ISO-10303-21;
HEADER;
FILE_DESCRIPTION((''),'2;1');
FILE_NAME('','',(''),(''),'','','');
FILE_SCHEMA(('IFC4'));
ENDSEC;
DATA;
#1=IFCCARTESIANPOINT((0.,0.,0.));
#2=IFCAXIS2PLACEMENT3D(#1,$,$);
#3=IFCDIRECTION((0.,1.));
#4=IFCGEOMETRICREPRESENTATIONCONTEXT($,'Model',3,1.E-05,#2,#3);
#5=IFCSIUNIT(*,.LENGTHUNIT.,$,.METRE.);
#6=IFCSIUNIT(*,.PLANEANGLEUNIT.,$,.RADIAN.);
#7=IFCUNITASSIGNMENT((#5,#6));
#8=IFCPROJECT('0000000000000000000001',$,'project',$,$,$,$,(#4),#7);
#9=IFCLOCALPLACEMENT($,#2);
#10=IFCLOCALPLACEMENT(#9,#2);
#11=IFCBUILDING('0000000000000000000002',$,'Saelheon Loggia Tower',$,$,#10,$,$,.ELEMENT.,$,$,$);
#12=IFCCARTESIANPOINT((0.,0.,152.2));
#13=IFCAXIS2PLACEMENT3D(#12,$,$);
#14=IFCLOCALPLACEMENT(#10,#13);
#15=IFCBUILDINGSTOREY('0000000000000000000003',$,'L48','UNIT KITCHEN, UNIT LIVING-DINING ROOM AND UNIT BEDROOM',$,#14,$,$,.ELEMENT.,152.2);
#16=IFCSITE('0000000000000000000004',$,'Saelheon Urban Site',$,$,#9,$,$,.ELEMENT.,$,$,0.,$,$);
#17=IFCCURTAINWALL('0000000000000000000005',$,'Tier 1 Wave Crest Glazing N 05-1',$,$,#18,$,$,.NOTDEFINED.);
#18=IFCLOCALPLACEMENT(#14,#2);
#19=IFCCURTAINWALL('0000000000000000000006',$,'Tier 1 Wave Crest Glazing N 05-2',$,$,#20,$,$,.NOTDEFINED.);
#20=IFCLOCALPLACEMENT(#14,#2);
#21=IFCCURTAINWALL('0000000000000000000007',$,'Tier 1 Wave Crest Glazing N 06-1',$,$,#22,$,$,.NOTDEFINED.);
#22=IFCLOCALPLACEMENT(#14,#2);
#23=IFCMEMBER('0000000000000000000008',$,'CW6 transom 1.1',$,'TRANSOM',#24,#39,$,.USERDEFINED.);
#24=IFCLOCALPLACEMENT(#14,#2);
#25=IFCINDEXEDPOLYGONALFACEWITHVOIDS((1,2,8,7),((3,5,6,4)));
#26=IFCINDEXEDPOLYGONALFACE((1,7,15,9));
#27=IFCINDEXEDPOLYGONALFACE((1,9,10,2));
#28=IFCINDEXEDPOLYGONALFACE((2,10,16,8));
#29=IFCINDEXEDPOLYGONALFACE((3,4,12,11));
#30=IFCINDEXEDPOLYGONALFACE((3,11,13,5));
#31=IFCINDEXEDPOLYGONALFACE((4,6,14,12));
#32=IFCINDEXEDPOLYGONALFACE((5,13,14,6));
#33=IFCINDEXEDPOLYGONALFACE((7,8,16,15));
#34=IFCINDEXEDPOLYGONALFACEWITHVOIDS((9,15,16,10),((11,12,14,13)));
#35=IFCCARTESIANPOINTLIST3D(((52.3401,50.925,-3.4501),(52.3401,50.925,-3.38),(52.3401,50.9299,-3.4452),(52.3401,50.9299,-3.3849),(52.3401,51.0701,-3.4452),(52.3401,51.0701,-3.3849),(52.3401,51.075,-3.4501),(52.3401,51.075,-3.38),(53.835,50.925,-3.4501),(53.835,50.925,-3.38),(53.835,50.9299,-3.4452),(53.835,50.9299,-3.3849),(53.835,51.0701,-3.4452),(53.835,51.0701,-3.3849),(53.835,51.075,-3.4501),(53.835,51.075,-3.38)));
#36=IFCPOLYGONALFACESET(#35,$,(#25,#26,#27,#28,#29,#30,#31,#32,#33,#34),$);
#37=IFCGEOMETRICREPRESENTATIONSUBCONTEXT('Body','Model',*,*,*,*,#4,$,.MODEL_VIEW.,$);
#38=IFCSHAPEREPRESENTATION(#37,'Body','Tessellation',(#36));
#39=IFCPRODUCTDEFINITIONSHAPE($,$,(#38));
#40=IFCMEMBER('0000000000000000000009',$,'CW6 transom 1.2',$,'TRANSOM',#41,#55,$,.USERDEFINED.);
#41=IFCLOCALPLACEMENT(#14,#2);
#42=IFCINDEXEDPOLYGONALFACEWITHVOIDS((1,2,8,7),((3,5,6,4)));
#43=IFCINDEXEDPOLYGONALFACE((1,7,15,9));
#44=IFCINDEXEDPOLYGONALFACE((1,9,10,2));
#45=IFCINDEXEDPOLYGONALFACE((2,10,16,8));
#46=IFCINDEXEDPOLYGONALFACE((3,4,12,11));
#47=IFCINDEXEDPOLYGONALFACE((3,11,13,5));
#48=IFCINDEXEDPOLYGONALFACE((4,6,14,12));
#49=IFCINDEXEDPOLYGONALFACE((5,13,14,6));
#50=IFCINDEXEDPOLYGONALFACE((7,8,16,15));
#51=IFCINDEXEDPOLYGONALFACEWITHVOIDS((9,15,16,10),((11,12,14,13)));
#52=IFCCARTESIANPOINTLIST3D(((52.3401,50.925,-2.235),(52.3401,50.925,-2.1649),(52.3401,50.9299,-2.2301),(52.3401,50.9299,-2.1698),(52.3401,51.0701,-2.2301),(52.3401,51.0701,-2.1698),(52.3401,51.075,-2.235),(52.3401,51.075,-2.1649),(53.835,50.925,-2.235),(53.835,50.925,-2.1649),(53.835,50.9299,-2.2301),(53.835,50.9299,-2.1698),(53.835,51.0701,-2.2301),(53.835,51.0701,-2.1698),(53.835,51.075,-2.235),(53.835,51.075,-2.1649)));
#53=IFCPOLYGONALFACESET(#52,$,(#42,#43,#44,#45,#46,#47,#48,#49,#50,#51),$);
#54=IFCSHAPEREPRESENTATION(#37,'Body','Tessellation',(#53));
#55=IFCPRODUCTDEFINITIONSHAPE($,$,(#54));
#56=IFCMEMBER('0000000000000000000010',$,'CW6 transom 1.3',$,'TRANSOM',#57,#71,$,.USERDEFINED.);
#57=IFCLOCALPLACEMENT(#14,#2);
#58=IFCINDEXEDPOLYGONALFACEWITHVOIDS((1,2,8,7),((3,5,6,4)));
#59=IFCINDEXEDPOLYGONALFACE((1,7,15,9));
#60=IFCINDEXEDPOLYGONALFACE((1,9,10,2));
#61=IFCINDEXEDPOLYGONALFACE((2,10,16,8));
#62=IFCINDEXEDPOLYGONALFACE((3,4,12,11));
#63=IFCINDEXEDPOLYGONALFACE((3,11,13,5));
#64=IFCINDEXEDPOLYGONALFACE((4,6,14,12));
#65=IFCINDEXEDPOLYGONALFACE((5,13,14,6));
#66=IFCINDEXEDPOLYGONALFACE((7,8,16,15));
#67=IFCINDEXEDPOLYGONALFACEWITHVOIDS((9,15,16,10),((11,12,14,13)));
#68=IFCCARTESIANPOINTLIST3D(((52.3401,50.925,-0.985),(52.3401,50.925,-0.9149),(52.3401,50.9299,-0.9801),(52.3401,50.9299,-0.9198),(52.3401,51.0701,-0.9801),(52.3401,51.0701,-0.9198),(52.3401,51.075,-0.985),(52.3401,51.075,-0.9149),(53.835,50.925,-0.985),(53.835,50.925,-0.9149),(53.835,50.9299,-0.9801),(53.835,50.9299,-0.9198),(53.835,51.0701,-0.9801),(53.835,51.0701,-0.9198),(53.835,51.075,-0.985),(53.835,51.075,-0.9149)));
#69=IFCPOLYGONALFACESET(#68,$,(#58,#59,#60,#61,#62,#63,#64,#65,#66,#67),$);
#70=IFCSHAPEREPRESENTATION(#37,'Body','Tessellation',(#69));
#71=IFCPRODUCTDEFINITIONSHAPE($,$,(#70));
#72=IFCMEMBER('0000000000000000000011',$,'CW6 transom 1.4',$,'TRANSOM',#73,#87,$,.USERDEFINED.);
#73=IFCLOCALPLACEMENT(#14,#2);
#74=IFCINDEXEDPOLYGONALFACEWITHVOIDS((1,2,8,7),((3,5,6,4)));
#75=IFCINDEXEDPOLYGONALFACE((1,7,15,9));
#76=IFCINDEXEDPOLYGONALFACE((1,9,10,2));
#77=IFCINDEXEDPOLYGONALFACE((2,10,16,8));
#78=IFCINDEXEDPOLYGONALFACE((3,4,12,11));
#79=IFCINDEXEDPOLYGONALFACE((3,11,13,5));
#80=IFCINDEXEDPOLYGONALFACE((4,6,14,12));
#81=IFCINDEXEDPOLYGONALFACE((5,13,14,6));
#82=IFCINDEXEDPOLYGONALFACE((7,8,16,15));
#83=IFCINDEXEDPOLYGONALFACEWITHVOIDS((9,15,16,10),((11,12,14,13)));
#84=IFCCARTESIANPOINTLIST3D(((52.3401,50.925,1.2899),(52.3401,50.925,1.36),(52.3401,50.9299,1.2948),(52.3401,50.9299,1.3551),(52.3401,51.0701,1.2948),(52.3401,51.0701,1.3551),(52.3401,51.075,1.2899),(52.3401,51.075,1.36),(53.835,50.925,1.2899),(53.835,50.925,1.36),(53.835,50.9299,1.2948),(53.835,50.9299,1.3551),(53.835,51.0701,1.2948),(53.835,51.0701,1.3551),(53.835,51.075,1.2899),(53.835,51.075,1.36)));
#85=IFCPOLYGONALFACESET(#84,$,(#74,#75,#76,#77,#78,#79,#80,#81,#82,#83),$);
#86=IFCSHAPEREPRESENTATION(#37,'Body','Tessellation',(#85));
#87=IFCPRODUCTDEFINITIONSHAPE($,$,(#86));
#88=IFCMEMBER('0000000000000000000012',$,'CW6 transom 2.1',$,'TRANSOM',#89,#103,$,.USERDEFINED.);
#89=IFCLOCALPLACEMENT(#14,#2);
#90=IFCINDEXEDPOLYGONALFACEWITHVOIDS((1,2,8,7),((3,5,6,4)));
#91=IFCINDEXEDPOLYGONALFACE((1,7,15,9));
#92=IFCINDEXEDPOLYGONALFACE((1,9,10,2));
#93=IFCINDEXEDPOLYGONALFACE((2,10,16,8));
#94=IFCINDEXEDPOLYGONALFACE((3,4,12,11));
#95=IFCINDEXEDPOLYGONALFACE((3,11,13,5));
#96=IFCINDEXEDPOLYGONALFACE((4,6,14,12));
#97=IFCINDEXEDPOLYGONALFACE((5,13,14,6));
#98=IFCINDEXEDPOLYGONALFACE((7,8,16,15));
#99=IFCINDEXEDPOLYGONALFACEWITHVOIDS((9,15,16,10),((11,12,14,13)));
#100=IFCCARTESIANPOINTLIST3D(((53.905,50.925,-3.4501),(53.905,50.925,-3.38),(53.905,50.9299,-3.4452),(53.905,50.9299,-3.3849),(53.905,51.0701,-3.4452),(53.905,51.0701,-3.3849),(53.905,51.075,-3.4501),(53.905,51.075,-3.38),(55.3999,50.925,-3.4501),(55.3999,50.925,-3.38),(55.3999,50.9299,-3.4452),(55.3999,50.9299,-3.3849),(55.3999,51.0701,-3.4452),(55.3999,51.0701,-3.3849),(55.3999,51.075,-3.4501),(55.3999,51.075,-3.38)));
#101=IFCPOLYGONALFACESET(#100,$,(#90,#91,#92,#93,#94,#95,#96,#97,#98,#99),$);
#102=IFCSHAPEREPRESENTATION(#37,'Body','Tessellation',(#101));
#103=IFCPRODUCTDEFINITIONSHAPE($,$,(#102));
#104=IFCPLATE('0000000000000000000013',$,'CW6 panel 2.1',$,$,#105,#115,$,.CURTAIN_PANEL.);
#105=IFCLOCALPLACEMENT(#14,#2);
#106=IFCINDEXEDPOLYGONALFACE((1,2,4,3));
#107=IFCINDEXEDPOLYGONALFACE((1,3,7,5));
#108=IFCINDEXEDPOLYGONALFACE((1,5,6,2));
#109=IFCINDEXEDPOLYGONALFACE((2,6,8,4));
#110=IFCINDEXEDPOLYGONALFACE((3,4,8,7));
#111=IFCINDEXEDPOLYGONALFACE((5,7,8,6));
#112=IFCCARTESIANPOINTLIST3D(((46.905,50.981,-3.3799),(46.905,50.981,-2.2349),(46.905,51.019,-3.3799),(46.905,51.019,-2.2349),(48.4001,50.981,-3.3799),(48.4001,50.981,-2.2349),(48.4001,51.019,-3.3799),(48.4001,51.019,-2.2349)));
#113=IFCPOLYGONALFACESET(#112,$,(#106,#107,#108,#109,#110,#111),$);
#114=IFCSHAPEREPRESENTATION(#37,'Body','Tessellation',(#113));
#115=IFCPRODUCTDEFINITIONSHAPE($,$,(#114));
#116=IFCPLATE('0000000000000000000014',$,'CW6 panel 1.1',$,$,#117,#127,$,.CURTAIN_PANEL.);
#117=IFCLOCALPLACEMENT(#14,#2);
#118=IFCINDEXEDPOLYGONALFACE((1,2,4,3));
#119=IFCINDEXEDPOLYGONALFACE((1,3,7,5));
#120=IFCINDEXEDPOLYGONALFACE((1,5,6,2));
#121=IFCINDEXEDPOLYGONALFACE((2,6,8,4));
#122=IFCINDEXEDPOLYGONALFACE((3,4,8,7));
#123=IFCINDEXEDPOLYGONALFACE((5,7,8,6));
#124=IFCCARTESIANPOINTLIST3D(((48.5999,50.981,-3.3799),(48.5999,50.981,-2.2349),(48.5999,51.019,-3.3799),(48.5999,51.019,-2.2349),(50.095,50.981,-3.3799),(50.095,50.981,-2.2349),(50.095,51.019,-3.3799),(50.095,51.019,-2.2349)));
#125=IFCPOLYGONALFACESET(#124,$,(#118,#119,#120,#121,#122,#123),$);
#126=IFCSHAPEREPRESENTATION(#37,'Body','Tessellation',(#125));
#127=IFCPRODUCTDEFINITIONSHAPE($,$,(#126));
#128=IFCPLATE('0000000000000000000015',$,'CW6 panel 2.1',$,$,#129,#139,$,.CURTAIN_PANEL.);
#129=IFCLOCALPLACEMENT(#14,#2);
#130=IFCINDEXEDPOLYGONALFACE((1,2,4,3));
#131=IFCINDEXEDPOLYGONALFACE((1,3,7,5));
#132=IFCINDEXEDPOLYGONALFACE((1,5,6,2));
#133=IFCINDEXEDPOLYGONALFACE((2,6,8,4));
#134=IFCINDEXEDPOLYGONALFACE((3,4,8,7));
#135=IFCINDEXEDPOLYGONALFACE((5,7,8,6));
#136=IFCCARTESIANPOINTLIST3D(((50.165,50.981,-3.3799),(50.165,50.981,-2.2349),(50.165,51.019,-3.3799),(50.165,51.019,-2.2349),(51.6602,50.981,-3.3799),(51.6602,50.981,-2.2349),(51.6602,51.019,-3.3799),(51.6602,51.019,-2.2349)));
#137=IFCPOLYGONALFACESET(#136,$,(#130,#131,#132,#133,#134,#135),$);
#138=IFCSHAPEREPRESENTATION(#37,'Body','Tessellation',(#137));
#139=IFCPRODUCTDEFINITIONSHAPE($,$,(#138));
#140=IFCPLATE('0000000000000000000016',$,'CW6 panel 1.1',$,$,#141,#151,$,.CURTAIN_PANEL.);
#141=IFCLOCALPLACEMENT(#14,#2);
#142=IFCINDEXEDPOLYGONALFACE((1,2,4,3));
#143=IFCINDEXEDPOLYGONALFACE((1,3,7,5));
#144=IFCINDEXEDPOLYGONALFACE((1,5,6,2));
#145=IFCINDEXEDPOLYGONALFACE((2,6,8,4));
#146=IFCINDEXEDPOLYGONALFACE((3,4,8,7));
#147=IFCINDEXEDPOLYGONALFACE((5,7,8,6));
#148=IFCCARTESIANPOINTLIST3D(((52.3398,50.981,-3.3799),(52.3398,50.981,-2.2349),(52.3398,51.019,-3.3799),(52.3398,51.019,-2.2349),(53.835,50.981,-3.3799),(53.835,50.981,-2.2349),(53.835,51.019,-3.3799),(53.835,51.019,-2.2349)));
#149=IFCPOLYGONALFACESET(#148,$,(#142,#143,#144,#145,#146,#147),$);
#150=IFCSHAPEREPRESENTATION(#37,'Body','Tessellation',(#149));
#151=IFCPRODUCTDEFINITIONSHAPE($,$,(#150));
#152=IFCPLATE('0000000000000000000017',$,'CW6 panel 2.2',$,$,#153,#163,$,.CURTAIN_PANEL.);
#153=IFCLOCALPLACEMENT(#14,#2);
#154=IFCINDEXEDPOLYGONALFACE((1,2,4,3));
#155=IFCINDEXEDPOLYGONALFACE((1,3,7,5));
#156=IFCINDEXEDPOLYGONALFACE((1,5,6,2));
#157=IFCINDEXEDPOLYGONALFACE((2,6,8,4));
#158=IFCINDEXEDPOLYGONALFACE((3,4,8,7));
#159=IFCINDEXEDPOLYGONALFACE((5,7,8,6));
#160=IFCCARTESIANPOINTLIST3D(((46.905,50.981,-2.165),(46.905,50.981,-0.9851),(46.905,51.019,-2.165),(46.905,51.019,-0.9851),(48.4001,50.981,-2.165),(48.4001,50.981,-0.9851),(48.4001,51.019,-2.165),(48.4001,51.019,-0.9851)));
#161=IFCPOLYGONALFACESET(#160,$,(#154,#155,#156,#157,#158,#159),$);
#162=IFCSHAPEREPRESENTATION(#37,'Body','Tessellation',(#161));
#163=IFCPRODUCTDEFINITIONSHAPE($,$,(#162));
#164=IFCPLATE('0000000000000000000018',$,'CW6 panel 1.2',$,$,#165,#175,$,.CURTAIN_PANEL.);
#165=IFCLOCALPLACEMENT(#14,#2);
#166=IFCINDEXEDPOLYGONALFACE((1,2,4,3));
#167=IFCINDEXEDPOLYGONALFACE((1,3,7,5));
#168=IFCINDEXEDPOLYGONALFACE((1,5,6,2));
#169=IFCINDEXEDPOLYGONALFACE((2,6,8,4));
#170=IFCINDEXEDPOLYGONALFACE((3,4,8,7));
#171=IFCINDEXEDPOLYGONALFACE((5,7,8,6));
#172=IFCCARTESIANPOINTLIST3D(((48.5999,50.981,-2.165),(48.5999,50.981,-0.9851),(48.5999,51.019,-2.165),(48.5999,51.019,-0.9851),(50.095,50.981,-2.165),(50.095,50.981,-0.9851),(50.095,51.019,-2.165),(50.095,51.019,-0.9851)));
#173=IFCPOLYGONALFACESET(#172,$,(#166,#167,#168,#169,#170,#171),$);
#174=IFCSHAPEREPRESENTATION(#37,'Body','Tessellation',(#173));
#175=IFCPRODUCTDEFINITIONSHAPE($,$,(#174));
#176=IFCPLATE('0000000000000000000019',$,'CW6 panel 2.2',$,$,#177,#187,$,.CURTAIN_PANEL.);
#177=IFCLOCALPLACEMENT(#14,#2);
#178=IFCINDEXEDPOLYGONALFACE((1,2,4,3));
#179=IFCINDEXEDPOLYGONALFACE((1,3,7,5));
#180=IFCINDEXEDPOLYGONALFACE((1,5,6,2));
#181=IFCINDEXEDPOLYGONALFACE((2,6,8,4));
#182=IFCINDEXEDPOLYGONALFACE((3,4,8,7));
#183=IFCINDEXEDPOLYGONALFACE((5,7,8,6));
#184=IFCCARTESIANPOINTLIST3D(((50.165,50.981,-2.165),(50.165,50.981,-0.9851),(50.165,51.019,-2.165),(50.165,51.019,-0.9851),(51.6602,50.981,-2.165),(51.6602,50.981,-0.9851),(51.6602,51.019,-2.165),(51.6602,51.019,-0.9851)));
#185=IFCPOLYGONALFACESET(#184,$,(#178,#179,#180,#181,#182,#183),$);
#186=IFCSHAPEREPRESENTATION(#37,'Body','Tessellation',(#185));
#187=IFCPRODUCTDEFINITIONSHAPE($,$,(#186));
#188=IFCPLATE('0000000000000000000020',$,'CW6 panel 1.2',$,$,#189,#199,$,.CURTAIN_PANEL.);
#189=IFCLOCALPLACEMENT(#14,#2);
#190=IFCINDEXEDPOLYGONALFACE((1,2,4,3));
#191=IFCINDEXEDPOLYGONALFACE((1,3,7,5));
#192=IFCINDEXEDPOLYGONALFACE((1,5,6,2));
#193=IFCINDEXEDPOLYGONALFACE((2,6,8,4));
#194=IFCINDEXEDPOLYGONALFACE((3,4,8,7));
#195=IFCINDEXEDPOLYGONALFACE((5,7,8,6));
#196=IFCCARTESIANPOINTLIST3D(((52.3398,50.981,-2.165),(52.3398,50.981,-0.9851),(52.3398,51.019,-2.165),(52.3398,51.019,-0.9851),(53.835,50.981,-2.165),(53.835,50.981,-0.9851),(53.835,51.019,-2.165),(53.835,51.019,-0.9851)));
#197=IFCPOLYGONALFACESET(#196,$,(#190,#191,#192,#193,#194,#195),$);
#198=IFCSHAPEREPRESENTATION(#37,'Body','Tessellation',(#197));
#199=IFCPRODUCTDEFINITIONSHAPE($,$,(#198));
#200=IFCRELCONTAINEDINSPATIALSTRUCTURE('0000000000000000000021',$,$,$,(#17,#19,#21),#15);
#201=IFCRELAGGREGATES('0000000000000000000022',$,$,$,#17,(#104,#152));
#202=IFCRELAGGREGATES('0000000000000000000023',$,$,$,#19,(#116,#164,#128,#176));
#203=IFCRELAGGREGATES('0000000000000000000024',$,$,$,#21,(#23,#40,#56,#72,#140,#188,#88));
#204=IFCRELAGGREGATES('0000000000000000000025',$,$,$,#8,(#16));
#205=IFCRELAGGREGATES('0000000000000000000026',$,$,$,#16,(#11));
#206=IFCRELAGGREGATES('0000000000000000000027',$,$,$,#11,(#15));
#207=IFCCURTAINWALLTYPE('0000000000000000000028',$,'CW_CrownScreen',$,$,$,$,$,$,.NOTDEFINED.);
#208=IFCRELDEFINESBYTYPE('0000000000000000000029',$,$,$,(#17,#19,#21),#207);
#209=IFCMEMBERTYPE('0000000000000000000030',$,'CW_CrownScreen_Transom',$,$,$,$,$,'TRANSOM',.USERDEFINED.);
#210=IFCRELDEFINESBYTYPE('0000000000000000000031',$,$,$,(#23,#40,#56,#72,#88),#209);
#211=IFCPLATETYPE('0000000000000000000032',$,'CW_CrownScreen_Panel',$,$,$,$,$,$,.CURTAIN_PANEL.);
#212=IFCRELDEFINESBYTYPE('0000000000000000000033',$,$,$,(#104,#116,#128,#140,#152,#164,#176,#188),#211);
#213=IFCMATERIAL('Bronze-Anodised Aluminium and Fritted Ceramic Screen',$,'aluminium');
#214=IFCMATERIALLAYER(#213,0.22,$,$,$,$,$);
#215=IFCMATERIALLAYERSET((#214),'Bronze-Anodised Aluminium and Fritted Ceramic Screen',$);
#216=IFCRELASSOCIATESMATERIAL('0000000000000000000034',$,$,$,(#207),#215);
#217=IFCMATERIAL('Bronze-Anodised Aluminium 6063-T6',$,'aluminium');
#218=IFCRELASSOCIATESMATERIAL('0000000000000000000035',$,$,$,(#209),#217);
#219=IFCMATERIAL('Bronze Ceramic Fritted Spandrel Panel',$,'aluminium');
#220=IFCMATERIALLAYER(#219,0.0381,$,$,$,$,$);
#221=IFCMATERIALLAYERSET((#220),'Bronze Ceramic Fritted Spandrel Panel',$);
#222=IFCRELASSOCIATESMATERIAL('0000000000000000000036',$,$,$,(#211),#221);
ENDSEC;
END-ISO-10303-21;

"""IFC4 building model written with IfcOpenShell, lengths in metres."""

from ifc_helpers import new_model, si_unit, direction, frame, origin, origin_2d, place, context, subcontext, project, spatial, rectangle, hollow_rectangle, extrude, source, transform, mapped, material, layer, layer_set, material_profile, profile_set, type_object, element, aggregate, save


model = new_model("IFC4")

# Units and contexts
model_context = context("Model", 3, precision=1e-05, world=origin(), true_north=direction((0.0, 1.0)))
body_context = subcontext(model_context, "Body", "Model", "MODEL_VIEW")
ifc_project = project(units=[si_unit("LENGTHUNIT", "METRE"), si_unit("PLANEANGLEUNIT", "RADIAN")], contexts=[model_context])

# Site, building, storey
site_placement = place(None, origin())
site = spatial("IfcSite", under=ifc_project, at=site_placement, Name="Saelheon Urban Site", CompositionType="ELEMENT", RefElevation=0.0)
building_placement = place(site_placement, origin())
building = spatial("IfcBuilding", under=site, at=building_placement, Name="Saelheon Loggia Tower", CompositionType="ELEMENT")
storey_placement = place(building_placement, frame((0.0, 0.0, 152.2)))
storey = spatial("IfcBuildingStorey", under=building, at=storey_placement, Name="L48", Description="UNIT KITCHEN, UNIT LIVING-DINING ROOM AND UNIT BEDROOM", CompositionType="ELEMENT", Elevation=152.2)

# Curtain wall
ifc_material_1 = material(Name="Bronze-Anodised Aluminium and Fritted Ceramic Screen", Category="aluminium")
ifc_layer_1 = layer(ifc_material_1, 0.22)
ifc_layer_set_1 = layer_set([ifc_layer_1], Name="Bronze-Anodised Aluminium and Fritted Ceramic Screen")
curtain_wall_type = type_object("IfcCurtainWallType", Name="CW_CrownScreen", PredefinedType="NOTDEFINED", material=ifc_layer_set_1)
curtain_wall_1_placement = place(storey_placement, origin())
curtain_wall_1 = element("IfcCurtainWall", 1, at=curtain_wall_1_placement, inside=storey, type_object=curtain_wall_type, Name="Tier 1 Wave Crest Glazing N 05-1", PredefinedType="NOTDEFINED")
ifc_material_2 = material(Name="Bronze-Anodised Aluminium 6063-T6", Category="aluminium")

# Curtain walls
curtain_wall_2_placement = place(storey_placement, origin())
curtain_wall_2 = element("IfcCurtainWall", 2, at=curtain_wall_2_placement, inside=storey, type_object=curtain_wall_type, Name="Tier 1 Wave Crest Glazing N 05-2", PredefinedType="NOTDEFINED")
curtain_wall_3_placement = place(storey_placement, origin())
curtain_wall_3 = element("IfcCurtainWall", 3, at=curtain_wall_3_placement, inside=storey, type_object=curtain_wall_type, Name="Tier 1 Wave Crest Glazing N 06-1", PredefinedType="NOTDEFINED")

# Members
ifc_material_profile_1 = material_profile(ifc_material_2, hollow_rectangle(XDim=0.0701, YDim=0.1499, WallThickness=0.0049, at=origin_2d()), Name="RHS-150x70x5")
ifc_profile_set_1 = profile_set([ifc_material_profile_1], Name="Bronze-Anodised Aluminium 6063-T6")
member_type_1 = type_object("IfcMemberType", Name="CW_CrownScreen_Transom", ElementType="TRANSOM", PredefinedType="USERDEFINED", material=ifc_profile_set_1)
shared_shape_1 = source(origin(), body_context, "Body", "SweptSolid", [
    extrude(hollow_rectangle(XDim=0.0701, YDim=0.1499, WallThickness=0.0049, at=origin_2d()), origin(), (0.0, 0.0, 1.0), 1.4949),
])
member_1_placement = place(storey_placement, frame((52.3401, 51.0, -3.415), z_axis=(1.0, 0.0, 0.0), x_axis=(0.0, 0.0, 1.0)))
member_1 = element("IfcMember", 4, at=member_1_placement, type_object=member_type_1, Name="CW6 transom 1.1", ObjectType="TRANSOM", PredefinedType="USERDEFINED", context=body_context, shape_type="MappedRepresentation", body=[
    mapped(shared_shape_1, transform((0.0, 0.0, 0.0), scale=1.0)),
])
member_2_placement = place(storey_placement, frame((52.3401, 51.0, -2.2), z_axis=(1.0, 0.0, 0.0), x_axis=(0.0, 0.0, 1.0)))
member_2 = element("IfcMember", 5, at=member_2_placement, type_object=member_type_1, Name="CW6 transom 1.2", ObjectType="TRANSOM", PredefinedType="USERDEFINED", context=body_context, shape_type="MappedRepresentation", body=[
    mapped(shared_shape_1, transform((0.0, 0.0, 0.0), scale=1.0)),
])
member_3_placement = place(storey_placement, frame((52.3401, 51.0, -0.95), z_axis=(1.0, 0.0, 0.0), x_axis=(0.0, 0.0, 1.0)))
member_3 = element("IfcMember", 6, at=member_3_placement, type_object=member_type_1, Name="CW6 transom 1.3", ObjectType="TRANSOM", PredefinedType="USERDEFINED", context=body_context, shape_type="MappedRepresentation", body=[
    mapped(shared_shape_1, transform((0.0, 0.0, 0.0), scale=1.0)),
])
member_4_placement = place(storey_placement, frame((52.3401, 51.0, 1.325), z_axis=(1.0, 0.0, 0.0), x_axis=(0.0, 0.0, 1.0)))
member_4 = element("IfcMember", 7, at=member_4_placement, type_object=member_type_1, Name="CW6 transom 1.4", ObjectType="TRANSOM", PredefinedType="USERDEFINED", context=body_context, shape_type="MappedRepresentation", body=[
    mapped(shared_shape_1, transform((0.0, 0.0, 0.0), scale=1.0)),
])
member_5_placement = place(storey_placement, frame((53.905, 51.0, -3.415), z_axis=(1.0, 0.0, 0.0), x_axis=(0.0, 0.0, 1.0)))
member_5 = element("IfcMember", 8, at=member_5_placement, type_object=member_type_1, Name="CW6 transom 2.1", ObjectType="TRANSOM", PredefinedType="USERDEFINED", context=body_context, shape_type="MappedRepresentation", body=[
    mapped(shared_shape_1, transform((0.0, 0.0, 0.0), scale=1.0)),
])

# Plates
ifc_material_3 = material(Name="Bronze Ceramic Fritted Spandrel Panel", Category="aluminium")
ifc_layer_2 = layer(ifc_material_3, 0.0381)
ifc_layer_set_2 = layer_set([ifc_layer_2], Name="Bronze Ceramic Fritted Spandrel Panel")
plate_type = type_object("IfcPlateType", Name="CW_CrownScreen_Panel", PredefinedType="CURTAIN_PANEL", material=ifc_layer_set_2)
shared_shape_2 = source(origin(), body_context, "Body", "SweptSolid", [
    extrude(rectangle(XDim=1.4951, YDim=0.0381, at=origin_2d()), origin(), (0.0, 0.0, 1.0), 1.145),
])
plate_1_placement = place(storey_placement, frame((47.6526, 51.0, -3.3799), z_axis=(0.0, 0.0, 1.0), x_axis=(1.0, 0.0, 0.0)))
plate_1 = element("IfcPlate", 9, at=plate_1_placement, type_object=plate_type, Name="CW6 panel 2.1", PredefinedType="CURTAIN_PANEL", context=body_context, shape_type="MappedRepresentation", body=[
    mapped(shared_shape_2, transform((0.0, 0.0, 0.0), scale=1.0)),
])
plate_2_placement = place(storey_placement, frame((49.3474, 51.0, -3.3799), z_axis=(0.0, 0.0, 1.0), x_axis=(1.0, 0.0, 0.0)))
plate_2 = element("IfcPlate", 10, at=plate_2_placement, type_object=plate_type, Name="CW6 panel 1.1", PredefinedType="CURTAIN_PANEL", context=body_context, shape_type="MappedRepresentation", body=[
    mapped(shared_shape_2, transform((0.0, 0.0, 0.0), scale=1.0)),
])
plate_3_placement = place(storey_placement, frame((50.9126, 51.0, -3.3799), z_axis=(0.0, 0.0, 1.0), x_axis=(1.0, 0.0, 0.0)))
plate_3 = element("IfcPlate", 11, at=plate_3_placement, type_object=plate_type, Name="CW6 panel 2.1", PredefinedType="CURTAIN_PANEL", context=body_context, shape_type="MappedRepresentation", body=[
    mapped(shared_shape_2, transform((0.0, 0.0, 0.0), scale=1.0)),
])
plate_4_placement = place(storey_placement, frame((53.0874, 51.0, -3.3799), z_axis=(0.0, 0.0, 1.0), x_axis=(1.0, 0.0, 0.0)))
plate_4 = element("IfcPlate", 12, at=plate_4_placement, type_object=plate_type, Name="CW6 panel 1.1", PredefinedType="CURTAIN_PANEL", context=body_context, shape_type="MappedRepresentation", body=[
    mapped(shared_shape_2, transform((0.0, 0.0, 0.0), scale=1.0)),
])
shared_shape_3 = source(origin(), body_context, "Body", "SweptSolid", [
    extrude(rectangle(XDim=1.4951, YDim=0.0381, at=origin_2d()), origin(), (0.0, 0.0, 1.0), 1.1799),
])
plate_5_placement = place(storey_placement, frame((47.6526, 51.0, -2.165), z_axis=(0.0, 0.0, 1.0), x_axis=(1.0, 0.0, 0.0)))
plate_5 = element("IfcPlate", 13, at=plate_5_placement, type_object=plate_type, Name="CW6 panel 2.2", PredefinedType="CURTAIN_PANEL", context=body_context, shape_type="MappedRepresentation", body=[
    mapped(shared_shape_3, transform((0.0, 0.0, 0.0), scale=1.0)),
])
plate_6_placement = place(storey_placement, frame((49.3474, 51.0, -2.165), z_axis=(0.0, 0.0, 1.0), x_axis=(1.0, 0.0, 0.0)))
plate_6 = element("IfcPlate", 14, at=plate_6_placement, type_object=plate_type, Name="CW6 panel 1.2", PredefinedType="CURTAIN_PANEL", context=body_context, shape_type="MappedRepresentation", body=[
    mapped(shared_shape_3, transform((0.0, 0.0, 0.0), scale=1.0)),
])
plate_7_placement = place(storey_placement, frame((50.9126, 51.0, -2.165), z_axis=(0.0, 0.0, 1.0), x_axis=(1.0, 0.0, 0.0)))
plate_7 = element("IfcPlate", 15, at=plate_7_placement, type_object=plate_type, Name="CW6 panel 2.2", PredefinedType="CURTAIN_PANEL", context=body_context, shape_type="MappedRepresentation", body=[
    mapped(shared_shape_3, transform((0.0, 0.0, 0.0), scale=1.0)),
])
plate_8_placement = place(storey_placement, frame((53.0874, 51.0, -2.165), z_axis=(0.0, 0.0, 1.0), x_axis=(1.0, 0.0, 0.0)))
plate_8 = element("IfcPlate", 16, at=plate_8_placement, type_object=plate_type, Name="CW6 panel 1.2", PredefinedType="CURTAIN_PANEL", context=body_context, shape_type="MappedRepresentation", body=[
    mapped(shared_shape_3, transform((0.0, 0.0, 0.0), scale=1.0)),
])
aggregate(curtain_wall_1, [plate_1, plate_5])
aggregate(curtain_wall_2, [plate_2, plate_6, plate_3, plate_7])
aggregate(curtain_wall_3, [member_1, member_2, member_3, member_4, plate_4, plate_8, member_5])

save(model, "model.ifc")
